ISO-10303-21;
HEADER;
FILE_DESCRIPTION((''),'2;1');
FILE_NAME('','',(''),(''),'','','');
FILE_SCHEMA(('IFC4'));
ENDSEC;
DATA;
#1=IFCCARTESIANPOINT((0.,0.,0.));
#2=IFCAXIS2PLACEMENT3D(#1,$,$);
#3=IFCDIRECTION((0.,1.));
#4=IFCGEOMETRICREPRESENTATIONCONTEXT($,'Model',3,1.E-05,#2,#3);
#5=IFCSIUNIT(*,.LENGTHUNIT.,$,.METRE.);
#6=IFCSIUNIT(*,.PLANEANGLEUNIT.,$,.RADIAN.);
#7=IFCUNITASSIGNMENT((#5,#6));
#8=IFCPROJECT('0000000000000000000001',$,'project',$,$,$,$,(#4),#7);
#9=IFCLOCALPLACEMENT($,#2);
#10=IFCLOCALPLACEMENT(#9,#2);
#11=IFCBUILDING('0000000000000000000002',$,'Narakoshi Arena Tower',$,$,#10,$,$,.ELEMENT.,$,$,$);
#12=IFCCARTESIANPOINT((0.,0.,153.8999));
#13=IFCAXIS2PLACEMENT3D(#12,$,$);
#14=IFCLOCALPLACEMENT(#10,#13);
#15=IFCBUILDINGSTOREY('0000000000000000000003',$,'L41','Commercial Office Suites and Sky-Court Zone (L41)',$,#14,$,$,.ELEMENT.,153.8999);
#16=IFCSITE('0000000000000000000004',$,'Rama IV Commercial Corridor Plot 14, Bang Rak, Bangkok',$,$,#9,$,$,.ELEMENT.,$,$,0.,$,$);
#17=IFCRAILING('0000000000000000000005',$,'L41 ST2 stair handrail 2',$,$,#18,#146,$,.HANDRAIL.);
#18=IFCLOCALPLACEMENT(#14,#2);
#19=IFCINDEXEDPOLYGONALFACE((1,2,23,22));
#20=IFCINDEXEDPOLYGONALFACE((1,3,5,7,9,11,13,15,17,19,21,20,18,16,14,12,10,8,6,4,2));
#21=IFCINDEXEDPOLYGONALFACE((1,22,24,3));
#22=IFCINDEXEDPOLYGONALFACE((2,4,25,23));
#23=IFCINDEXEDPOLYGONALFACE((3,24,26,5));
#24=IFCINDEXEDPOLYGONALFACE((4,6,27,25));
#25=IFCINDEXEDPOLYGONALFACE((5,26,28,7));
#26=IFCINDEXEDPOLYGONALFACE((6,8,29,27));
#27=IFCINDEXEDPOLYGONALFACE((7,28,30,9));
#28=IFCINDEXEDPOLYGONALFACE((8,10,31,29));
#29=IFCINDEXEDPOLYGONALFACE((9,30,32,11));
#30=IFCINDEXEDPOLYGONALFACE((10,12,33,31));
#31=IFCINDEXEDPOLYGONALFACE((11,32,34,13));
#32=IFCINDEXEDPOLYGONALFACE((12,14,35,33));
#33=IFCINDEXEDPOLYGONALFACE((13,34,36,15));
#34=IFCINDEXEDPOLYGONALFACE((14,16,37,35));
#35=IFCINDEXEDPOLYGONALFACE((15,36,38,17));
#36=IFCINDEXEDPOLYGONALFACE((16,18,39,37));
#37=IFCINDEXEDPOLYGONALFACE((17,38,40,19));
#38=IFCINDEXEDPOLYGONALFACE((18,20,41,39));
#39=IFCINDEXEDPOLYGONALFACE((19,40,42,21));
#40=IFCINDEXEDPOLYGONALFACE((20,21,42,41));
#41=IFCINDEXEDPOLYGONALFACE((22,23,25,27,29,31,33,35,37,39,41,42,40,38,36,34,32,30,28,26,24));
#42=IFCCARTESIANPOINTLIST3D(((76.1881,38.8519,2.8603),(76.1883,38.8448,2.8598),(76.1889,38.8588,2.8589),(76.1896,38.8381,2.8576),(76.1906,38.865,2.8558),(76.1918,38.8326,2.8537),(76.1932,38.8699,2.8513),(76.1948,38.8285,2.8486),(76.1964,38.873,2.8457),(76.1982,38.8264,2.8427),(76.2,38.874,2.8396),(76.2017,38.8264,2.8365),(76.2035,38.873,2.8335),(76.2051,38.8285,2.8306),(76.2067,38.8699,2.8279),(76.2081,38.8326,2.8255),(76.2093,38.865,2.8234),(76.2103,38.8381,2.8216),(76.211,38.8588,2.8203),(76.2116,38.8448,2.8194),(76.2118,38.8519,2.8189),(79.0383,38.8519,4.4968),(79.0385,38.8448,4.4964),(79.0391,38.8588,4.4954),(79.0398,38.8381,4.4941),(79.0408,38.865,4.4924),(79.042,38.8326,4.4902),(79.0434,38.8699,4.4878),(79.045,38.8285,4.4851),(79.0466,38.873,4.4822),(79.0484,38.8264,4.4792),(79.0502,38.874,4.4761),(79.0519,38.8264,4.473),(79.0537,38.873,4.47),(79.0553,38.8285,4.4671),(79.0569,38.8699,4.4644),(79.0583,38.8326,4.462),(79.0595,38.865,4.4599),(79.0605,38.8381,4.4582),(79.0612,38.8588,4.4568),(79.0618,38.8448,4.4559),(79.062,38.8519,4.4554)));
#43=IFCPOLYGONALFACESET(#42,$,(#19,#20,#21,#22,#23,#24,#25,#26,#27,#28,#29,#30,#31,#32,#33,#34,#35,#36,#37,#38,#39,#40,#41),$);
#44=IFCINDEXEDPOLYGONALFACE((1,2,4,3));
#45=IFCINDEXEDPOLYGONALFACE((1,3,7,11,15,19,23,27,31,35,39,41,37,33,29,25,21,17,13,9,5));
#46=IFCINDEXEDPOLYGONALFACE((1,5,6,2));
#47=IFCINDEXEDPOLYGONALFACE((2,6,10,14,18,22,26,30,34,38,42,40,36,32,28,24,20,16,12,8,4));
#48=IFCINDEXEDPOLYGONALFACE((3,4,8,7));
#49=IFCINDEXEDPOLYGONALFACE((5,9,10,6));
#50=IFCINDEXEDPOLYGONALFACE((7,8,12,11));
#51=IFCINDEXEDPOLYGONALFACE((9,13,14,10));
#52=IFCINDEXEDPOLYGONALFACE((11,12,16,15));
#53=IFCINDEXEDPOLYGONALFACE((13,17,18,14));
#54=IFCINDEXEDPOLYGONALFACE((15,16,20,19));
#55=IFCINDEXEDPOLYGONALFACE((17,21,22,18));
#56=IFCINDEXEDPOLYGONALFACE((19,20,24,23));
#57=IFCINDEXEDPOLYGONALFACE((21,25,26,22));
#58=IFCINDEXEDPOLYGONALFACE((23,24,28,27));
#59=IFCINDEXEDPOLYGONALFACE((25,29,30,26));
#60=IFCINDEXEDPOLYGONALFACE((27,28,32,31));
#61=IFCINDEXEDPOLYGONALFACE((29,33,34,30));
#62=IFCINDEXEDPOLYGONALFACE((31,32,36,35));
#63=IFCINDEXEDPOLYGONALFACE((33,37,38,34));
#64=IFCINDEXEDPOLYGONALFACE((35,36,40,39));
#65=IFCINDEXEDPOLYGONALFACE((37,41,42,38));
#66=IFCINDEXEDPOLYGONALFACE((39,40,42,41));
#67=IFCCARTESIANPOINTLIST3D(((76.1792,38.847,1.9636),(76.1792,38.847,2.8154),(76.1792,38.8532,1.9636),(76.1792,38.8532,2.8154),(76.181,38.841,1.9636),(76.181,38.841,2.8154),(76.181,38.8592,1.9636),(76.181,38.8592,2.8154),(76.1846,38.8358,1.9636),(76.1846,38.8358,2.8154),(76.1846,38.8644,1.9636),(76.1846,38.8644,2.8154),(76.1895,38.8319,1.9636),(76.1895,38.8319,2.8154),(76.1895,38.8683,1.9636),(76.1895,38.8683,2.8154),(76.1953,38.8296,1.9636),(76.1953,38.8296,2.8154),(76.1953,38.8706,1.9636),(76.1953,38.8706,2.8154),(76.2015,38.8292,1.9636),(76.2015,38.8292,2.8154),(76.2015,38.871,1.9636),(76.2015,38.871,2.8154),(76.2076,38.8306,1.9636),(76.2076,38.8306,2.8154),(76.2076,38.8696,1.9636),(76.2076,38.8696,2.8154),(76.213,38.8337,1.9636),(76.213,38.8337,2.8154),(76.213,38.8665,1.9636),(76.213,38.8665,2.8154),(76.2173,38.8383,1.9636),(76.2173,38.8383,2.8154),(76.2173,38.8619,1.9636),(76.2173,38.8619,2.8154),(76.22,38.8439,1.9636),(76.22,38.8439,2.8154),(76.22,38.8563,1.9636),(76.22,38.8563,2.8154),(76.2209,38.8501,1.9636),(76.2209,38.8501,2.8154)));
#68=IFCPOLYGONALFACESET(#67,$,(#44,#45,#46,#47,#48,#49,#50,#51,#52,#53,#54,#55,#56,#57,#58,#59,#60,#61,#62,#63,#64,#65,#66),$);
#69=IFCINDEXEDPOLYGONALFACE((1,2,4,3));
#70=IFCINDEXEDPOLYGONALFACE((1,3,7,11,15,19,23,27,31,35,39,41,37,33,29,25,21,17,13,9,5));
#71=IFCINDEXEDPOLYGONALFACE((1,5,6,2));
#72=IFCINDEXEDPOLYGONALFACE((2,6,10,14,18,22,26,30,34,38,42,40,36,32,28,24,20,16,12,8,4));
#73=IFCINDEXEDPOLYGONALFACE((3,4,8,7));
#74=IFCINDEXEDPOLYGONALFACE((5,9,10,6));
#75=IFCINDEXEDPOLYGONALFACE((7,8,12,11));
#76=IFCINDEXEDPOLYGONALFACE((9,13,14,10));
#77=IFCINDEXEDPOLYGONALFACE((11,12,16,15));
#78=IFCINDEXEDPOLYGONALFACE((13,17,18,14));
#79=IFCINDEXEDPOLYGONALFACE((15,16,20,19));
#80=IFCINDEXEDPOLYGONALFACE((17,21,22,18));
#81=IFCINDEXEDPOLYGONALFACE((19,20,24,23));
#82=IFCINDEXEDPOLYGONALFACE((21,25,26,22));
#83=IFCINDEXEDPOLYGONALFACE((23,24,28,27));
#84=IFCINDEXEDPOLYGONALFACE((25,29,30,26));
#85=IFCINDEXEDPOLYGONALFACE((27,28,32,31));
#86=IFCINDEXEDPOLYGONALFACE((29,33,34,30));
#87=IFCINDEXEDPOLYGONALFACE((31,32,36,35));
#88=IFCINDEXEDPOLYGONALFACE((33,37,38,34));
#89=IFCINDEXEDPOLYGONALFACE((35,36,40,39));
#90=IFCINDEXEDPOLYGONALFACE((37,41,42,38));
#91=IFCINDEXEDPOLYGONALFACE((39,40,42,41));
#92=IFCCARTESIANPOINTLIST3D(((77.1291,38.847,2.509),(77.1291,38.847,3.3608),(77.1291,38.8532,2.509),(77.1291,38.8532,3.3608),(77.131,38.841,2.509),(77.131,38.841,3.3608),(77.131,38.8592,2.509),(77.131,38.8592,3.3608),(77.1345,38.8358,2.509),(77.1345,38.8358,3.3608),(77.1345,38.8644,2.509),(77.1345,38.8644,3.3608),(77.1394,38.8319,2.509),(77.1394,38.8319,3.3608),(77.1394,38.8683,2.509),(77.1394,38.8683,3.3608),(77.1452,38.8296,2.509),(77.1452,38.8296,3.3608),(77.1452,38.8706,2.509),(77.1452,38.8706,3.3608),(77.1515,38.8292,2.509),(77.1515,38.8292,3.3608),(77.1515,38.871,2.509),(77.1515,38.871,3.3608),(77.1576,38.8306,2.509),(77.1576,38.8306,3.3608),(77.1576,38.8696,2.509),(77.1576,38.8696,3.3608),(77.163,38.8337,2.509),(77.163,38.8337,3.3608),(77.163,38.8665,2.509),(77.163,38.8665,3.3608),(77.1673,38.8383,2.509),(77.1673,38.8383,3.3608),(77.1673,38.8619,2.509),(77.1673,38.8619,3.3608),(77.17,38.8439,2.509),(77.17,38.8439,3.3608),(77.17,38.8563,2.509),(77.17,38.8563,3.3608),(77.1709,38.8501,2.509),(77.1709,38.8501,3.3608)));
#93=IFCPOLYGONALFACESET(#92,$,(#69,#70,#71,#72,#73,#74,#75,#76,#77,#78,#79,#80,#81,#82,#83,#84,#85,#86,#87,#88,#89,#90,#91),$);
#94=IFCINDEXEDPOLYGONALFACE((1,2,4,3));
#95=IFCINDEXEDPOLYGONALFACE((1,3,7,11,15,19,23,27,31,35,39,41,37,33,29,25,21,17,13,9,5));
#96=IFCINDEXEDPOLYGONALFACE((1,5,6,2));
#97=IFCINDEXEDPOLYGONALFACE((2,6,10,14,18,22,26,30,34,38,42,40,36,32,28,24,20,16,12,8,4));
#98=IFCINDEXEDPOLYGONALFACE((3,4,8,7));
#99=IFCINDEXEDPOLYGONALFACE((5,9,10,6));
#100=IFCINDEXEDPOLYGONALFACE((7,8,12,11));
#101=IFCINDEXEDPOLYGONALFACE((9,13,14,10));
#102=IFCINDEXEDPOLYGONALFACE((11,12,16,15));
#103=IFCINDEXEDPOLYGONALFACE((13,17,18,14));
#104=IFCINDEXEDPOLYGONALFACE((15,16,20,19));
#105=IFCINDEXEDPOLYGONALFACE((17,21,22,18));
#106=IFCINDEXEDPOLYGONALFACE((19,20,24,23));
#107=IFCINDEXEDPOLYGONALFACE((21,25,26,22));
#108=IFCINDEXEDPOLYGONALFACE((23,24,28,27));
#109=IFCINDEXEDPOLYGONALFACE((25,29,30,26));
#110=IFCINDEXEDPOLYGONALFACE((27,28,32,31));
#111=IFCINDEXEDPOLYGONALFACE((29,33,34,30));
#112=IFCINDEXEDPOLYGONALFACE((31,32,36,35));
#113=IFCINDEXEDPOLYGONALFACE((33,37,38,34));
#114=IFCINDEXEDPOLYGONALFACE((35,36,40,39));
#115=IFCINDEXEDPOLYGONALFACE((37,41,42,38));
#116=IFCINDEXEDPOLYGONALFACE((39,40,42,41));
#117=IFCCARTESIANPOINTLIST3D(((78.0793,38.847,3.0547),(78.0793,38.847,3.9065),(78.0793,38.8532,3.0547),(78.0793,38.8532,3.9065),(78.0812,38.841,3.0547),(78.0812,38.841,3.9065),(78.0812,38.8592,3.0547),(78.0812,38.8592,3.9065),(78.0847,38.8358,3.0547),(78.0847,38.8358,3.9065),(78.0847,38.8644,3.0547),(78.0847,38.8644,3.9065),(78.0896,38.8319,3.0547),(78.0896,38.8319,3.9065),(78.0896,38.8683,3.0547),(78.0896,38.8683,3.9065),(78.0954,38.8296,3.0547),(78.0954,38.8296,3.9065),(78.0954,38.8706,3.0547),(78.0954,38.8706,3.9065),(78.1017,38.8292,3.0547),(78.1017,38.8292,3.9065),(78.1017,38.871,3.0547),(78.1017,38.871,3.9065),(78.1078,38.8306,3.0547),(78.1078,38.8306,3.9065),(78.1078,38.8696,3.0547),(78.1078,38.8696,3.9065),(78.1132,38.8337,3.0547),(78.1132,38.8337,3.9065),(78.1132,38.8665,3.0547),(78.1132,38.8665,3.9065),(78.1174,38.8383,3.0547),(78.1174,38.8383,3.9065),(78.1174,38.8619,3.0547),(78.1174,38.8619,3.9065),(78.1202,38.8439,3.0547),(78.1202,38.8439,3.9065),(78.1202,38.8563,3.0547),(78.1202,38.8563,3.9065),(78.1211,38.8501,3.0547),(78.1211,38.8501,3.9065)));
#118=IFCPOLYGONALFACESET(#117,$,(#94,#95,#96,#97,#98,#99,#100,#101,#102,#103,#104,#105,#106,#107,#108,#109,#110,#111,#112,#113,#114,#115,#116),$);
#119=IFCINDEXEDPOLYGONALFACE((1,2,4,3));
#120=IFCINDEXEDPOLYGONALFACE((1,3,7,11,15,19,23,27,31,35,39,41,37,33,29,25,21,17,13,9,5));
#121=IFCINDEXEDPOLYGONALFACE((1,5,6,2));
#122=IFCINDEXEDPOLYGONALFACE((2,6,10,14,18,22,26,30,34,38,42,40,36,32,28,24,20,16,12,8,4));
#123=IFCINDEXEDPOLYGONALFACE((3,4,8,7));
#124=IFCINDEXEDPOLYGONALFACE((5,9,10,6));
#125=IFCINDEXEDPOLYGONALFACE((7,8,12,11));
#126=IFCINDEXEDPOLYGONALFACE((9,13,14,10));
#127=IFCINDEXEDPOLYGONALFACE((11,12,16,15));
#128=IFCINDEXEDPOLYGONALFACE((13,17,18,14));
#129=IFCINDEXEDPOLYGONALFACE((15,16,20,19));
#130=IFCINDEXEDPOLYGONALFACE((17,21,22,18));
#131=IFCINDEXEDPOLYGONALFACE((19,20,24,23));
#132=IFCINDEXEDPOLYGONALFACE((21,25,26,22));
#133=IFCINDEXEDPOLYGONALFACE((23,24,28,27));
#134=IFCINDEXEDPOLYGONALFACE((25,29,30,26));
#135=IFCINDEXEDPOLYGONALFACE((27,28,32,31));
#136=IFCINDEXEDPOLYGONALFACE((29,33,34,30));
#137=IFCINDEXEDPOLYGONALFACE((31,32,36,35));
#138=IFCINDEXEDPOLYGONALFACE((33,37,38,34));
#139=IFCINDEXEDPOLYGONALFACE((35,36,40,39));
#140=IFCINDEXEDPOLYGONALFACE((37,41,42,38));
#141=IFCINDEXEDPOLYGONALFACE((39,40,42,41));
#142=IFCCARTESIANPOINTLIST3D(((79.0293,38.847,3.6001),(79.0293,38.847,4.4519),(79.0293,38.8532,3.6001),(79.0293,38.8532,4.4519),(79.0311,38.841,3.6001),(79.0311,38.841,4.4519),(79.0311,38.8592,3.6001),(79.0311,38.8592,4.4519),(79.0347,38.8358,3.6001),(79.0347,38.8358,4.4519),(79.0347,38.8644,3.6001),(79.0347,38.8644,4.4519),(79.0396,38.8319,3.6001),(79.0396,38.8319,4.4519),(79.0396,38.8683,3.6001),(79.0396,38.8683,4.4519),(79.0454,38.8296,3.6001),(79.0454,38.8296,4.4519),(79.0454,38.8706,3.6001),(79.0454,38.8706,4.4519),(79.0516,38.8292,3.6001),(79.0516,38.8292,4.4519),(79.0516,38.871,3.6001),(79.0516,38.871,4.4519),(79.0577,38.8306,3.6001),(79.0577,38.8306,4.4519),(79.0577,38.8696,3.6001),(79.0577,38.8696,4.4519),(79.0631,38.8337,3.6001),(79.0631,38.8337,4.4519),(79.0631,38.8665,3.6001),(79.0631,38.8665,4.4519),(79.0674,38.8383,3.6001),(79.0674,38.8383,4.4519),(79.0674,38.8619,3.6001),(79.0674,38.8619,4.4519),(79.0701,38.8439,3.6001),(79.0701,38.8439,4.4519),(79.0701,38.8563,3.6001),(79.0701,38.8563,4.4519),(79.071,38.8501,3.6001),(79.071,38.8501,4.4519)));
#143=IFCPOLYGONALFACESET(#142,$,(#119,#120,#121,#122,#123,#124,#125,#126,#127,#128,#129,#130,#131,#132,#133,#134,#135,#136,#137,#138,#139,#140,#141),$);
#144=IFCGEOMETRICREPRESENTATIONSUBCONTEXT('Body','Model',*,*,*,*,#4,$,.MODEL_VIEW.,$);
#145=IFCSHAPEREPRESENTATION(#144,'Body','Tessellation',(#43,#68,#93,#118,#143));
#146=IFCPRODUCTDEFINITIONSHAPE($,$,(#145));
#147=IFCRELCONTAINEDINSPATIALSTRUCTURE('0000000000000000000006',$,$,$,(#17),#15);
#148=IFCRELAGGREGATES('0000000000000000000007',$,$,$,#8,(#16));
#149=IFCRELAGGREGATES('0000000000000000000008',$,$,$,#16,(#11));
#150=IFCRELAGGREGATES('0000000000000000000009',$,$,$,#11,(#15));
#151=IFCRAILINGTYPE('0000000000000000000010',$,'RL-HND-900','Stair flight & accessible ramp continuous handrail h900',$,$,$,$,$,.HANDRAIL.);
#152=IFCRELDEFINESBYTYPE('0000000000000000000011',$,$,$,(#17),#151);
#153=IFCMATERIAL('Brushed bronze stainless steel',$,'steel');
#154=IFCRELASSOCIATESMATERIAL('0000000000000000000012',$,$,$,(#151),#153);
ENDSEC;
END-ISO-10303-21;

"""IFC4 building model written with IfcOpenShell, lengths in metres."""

from ifc_helpers import new_model, si_unit, direction, frame, origin, origin_2d, place, context, subcontext, project, spatial, circle, extrude, material, type_object, element, save


model = new_model("IFC4")

# Units and contexts
model_context = context("Model", 3, precision=1e-05, world=origin(), true_north=direction((0.0, 1.0)))
body_context = subcontext(model_context, "Body", "Model", "MODEL_VIEW")
ifc_project = project(units=[si_unit("LENGTHUNIT", "METRE"), si_unit("PLANEANGLEUNIT", "RADIAN")], contexts=[model_context])

# Site, building, storey
site_placement = place(None, origin())
site = spatial("IfcSite", under=ifc_project, at=site_placement, Name="Rama IV Commercial Corridor Plot 14, Bang Rak, Bangkok", CompositionType="ELEMENT", RefElevation=0.0)
building_placement = place(site_placement, origin())
building = spatial("IfcBuilding", under=site, at=building_placement, Name="Narakoshi Arena Tower", CompositionType="ELEMENT")
storey_placement = place(building_placement, frame((0.0, 0.0, 153.8999)))
storey = spatial("IfcBuildingStorey", under=building, at=storey_placement, Name="L41", Description="Commercial Office Suites and Sky-Court Zone (L41)", CompositionType="ELEMENT", Elevation=153.8999)

# Railing
ifc_material_1 = material(Name="Brushed bronze stainless steel", Category="steel")
railing_type_1 = type_object("IfcRailingType", Name="RL-HND-900", Description="Stair flight & accessible ramp continuous handrail h900", PredefinedType="HANDRAIL", material=ifc_material_1)
railing_1_placement = place(storey_placement, frame((76.2, 38.8501, 1.9636)))
element("IfcRailing", 1, at=railing_1_placement, inside=storey, type_object=railing_type_1, Name="L41 ST2 stair handrail 2", PredefinedType="HANDRAIL", context=body_context, shape_type="SweptSolid", body=[
    extrude(circle(Radius=0.0239, at=origin_2d()), frame((0.0, 0.0, 0.876), z_axis=(0.867213, 0.0, 0.497938), x_axis=(0.0, 1.0, 0.0)), (0.0, 0.0, 1.0), 3.2866),
    extrude(circle(Radius=0.021, at=origin_2d()), origin(), (0.0, 0.0, 1.0), 0.8518),
    extrude(circle(Radius=0.021, at=origin_2d()), frame((0.95, 0.0, 0.5454)), (0.0, 0.0, 1.0), 0.8518),
    extrude(circle(Radius=0.021, at=origin_2d()), frame((1.9001, 0.0, 1.0911)), (0.0, 0.0, 1.0), 0.8518),
    extrude(circle(Radius=0.021, at=origin_2d()), frame((2.8501, 0.0, 1.6365)), (0.0, 0.0, 1.0), 0.8518),
])

save(model, "model.ifc")
